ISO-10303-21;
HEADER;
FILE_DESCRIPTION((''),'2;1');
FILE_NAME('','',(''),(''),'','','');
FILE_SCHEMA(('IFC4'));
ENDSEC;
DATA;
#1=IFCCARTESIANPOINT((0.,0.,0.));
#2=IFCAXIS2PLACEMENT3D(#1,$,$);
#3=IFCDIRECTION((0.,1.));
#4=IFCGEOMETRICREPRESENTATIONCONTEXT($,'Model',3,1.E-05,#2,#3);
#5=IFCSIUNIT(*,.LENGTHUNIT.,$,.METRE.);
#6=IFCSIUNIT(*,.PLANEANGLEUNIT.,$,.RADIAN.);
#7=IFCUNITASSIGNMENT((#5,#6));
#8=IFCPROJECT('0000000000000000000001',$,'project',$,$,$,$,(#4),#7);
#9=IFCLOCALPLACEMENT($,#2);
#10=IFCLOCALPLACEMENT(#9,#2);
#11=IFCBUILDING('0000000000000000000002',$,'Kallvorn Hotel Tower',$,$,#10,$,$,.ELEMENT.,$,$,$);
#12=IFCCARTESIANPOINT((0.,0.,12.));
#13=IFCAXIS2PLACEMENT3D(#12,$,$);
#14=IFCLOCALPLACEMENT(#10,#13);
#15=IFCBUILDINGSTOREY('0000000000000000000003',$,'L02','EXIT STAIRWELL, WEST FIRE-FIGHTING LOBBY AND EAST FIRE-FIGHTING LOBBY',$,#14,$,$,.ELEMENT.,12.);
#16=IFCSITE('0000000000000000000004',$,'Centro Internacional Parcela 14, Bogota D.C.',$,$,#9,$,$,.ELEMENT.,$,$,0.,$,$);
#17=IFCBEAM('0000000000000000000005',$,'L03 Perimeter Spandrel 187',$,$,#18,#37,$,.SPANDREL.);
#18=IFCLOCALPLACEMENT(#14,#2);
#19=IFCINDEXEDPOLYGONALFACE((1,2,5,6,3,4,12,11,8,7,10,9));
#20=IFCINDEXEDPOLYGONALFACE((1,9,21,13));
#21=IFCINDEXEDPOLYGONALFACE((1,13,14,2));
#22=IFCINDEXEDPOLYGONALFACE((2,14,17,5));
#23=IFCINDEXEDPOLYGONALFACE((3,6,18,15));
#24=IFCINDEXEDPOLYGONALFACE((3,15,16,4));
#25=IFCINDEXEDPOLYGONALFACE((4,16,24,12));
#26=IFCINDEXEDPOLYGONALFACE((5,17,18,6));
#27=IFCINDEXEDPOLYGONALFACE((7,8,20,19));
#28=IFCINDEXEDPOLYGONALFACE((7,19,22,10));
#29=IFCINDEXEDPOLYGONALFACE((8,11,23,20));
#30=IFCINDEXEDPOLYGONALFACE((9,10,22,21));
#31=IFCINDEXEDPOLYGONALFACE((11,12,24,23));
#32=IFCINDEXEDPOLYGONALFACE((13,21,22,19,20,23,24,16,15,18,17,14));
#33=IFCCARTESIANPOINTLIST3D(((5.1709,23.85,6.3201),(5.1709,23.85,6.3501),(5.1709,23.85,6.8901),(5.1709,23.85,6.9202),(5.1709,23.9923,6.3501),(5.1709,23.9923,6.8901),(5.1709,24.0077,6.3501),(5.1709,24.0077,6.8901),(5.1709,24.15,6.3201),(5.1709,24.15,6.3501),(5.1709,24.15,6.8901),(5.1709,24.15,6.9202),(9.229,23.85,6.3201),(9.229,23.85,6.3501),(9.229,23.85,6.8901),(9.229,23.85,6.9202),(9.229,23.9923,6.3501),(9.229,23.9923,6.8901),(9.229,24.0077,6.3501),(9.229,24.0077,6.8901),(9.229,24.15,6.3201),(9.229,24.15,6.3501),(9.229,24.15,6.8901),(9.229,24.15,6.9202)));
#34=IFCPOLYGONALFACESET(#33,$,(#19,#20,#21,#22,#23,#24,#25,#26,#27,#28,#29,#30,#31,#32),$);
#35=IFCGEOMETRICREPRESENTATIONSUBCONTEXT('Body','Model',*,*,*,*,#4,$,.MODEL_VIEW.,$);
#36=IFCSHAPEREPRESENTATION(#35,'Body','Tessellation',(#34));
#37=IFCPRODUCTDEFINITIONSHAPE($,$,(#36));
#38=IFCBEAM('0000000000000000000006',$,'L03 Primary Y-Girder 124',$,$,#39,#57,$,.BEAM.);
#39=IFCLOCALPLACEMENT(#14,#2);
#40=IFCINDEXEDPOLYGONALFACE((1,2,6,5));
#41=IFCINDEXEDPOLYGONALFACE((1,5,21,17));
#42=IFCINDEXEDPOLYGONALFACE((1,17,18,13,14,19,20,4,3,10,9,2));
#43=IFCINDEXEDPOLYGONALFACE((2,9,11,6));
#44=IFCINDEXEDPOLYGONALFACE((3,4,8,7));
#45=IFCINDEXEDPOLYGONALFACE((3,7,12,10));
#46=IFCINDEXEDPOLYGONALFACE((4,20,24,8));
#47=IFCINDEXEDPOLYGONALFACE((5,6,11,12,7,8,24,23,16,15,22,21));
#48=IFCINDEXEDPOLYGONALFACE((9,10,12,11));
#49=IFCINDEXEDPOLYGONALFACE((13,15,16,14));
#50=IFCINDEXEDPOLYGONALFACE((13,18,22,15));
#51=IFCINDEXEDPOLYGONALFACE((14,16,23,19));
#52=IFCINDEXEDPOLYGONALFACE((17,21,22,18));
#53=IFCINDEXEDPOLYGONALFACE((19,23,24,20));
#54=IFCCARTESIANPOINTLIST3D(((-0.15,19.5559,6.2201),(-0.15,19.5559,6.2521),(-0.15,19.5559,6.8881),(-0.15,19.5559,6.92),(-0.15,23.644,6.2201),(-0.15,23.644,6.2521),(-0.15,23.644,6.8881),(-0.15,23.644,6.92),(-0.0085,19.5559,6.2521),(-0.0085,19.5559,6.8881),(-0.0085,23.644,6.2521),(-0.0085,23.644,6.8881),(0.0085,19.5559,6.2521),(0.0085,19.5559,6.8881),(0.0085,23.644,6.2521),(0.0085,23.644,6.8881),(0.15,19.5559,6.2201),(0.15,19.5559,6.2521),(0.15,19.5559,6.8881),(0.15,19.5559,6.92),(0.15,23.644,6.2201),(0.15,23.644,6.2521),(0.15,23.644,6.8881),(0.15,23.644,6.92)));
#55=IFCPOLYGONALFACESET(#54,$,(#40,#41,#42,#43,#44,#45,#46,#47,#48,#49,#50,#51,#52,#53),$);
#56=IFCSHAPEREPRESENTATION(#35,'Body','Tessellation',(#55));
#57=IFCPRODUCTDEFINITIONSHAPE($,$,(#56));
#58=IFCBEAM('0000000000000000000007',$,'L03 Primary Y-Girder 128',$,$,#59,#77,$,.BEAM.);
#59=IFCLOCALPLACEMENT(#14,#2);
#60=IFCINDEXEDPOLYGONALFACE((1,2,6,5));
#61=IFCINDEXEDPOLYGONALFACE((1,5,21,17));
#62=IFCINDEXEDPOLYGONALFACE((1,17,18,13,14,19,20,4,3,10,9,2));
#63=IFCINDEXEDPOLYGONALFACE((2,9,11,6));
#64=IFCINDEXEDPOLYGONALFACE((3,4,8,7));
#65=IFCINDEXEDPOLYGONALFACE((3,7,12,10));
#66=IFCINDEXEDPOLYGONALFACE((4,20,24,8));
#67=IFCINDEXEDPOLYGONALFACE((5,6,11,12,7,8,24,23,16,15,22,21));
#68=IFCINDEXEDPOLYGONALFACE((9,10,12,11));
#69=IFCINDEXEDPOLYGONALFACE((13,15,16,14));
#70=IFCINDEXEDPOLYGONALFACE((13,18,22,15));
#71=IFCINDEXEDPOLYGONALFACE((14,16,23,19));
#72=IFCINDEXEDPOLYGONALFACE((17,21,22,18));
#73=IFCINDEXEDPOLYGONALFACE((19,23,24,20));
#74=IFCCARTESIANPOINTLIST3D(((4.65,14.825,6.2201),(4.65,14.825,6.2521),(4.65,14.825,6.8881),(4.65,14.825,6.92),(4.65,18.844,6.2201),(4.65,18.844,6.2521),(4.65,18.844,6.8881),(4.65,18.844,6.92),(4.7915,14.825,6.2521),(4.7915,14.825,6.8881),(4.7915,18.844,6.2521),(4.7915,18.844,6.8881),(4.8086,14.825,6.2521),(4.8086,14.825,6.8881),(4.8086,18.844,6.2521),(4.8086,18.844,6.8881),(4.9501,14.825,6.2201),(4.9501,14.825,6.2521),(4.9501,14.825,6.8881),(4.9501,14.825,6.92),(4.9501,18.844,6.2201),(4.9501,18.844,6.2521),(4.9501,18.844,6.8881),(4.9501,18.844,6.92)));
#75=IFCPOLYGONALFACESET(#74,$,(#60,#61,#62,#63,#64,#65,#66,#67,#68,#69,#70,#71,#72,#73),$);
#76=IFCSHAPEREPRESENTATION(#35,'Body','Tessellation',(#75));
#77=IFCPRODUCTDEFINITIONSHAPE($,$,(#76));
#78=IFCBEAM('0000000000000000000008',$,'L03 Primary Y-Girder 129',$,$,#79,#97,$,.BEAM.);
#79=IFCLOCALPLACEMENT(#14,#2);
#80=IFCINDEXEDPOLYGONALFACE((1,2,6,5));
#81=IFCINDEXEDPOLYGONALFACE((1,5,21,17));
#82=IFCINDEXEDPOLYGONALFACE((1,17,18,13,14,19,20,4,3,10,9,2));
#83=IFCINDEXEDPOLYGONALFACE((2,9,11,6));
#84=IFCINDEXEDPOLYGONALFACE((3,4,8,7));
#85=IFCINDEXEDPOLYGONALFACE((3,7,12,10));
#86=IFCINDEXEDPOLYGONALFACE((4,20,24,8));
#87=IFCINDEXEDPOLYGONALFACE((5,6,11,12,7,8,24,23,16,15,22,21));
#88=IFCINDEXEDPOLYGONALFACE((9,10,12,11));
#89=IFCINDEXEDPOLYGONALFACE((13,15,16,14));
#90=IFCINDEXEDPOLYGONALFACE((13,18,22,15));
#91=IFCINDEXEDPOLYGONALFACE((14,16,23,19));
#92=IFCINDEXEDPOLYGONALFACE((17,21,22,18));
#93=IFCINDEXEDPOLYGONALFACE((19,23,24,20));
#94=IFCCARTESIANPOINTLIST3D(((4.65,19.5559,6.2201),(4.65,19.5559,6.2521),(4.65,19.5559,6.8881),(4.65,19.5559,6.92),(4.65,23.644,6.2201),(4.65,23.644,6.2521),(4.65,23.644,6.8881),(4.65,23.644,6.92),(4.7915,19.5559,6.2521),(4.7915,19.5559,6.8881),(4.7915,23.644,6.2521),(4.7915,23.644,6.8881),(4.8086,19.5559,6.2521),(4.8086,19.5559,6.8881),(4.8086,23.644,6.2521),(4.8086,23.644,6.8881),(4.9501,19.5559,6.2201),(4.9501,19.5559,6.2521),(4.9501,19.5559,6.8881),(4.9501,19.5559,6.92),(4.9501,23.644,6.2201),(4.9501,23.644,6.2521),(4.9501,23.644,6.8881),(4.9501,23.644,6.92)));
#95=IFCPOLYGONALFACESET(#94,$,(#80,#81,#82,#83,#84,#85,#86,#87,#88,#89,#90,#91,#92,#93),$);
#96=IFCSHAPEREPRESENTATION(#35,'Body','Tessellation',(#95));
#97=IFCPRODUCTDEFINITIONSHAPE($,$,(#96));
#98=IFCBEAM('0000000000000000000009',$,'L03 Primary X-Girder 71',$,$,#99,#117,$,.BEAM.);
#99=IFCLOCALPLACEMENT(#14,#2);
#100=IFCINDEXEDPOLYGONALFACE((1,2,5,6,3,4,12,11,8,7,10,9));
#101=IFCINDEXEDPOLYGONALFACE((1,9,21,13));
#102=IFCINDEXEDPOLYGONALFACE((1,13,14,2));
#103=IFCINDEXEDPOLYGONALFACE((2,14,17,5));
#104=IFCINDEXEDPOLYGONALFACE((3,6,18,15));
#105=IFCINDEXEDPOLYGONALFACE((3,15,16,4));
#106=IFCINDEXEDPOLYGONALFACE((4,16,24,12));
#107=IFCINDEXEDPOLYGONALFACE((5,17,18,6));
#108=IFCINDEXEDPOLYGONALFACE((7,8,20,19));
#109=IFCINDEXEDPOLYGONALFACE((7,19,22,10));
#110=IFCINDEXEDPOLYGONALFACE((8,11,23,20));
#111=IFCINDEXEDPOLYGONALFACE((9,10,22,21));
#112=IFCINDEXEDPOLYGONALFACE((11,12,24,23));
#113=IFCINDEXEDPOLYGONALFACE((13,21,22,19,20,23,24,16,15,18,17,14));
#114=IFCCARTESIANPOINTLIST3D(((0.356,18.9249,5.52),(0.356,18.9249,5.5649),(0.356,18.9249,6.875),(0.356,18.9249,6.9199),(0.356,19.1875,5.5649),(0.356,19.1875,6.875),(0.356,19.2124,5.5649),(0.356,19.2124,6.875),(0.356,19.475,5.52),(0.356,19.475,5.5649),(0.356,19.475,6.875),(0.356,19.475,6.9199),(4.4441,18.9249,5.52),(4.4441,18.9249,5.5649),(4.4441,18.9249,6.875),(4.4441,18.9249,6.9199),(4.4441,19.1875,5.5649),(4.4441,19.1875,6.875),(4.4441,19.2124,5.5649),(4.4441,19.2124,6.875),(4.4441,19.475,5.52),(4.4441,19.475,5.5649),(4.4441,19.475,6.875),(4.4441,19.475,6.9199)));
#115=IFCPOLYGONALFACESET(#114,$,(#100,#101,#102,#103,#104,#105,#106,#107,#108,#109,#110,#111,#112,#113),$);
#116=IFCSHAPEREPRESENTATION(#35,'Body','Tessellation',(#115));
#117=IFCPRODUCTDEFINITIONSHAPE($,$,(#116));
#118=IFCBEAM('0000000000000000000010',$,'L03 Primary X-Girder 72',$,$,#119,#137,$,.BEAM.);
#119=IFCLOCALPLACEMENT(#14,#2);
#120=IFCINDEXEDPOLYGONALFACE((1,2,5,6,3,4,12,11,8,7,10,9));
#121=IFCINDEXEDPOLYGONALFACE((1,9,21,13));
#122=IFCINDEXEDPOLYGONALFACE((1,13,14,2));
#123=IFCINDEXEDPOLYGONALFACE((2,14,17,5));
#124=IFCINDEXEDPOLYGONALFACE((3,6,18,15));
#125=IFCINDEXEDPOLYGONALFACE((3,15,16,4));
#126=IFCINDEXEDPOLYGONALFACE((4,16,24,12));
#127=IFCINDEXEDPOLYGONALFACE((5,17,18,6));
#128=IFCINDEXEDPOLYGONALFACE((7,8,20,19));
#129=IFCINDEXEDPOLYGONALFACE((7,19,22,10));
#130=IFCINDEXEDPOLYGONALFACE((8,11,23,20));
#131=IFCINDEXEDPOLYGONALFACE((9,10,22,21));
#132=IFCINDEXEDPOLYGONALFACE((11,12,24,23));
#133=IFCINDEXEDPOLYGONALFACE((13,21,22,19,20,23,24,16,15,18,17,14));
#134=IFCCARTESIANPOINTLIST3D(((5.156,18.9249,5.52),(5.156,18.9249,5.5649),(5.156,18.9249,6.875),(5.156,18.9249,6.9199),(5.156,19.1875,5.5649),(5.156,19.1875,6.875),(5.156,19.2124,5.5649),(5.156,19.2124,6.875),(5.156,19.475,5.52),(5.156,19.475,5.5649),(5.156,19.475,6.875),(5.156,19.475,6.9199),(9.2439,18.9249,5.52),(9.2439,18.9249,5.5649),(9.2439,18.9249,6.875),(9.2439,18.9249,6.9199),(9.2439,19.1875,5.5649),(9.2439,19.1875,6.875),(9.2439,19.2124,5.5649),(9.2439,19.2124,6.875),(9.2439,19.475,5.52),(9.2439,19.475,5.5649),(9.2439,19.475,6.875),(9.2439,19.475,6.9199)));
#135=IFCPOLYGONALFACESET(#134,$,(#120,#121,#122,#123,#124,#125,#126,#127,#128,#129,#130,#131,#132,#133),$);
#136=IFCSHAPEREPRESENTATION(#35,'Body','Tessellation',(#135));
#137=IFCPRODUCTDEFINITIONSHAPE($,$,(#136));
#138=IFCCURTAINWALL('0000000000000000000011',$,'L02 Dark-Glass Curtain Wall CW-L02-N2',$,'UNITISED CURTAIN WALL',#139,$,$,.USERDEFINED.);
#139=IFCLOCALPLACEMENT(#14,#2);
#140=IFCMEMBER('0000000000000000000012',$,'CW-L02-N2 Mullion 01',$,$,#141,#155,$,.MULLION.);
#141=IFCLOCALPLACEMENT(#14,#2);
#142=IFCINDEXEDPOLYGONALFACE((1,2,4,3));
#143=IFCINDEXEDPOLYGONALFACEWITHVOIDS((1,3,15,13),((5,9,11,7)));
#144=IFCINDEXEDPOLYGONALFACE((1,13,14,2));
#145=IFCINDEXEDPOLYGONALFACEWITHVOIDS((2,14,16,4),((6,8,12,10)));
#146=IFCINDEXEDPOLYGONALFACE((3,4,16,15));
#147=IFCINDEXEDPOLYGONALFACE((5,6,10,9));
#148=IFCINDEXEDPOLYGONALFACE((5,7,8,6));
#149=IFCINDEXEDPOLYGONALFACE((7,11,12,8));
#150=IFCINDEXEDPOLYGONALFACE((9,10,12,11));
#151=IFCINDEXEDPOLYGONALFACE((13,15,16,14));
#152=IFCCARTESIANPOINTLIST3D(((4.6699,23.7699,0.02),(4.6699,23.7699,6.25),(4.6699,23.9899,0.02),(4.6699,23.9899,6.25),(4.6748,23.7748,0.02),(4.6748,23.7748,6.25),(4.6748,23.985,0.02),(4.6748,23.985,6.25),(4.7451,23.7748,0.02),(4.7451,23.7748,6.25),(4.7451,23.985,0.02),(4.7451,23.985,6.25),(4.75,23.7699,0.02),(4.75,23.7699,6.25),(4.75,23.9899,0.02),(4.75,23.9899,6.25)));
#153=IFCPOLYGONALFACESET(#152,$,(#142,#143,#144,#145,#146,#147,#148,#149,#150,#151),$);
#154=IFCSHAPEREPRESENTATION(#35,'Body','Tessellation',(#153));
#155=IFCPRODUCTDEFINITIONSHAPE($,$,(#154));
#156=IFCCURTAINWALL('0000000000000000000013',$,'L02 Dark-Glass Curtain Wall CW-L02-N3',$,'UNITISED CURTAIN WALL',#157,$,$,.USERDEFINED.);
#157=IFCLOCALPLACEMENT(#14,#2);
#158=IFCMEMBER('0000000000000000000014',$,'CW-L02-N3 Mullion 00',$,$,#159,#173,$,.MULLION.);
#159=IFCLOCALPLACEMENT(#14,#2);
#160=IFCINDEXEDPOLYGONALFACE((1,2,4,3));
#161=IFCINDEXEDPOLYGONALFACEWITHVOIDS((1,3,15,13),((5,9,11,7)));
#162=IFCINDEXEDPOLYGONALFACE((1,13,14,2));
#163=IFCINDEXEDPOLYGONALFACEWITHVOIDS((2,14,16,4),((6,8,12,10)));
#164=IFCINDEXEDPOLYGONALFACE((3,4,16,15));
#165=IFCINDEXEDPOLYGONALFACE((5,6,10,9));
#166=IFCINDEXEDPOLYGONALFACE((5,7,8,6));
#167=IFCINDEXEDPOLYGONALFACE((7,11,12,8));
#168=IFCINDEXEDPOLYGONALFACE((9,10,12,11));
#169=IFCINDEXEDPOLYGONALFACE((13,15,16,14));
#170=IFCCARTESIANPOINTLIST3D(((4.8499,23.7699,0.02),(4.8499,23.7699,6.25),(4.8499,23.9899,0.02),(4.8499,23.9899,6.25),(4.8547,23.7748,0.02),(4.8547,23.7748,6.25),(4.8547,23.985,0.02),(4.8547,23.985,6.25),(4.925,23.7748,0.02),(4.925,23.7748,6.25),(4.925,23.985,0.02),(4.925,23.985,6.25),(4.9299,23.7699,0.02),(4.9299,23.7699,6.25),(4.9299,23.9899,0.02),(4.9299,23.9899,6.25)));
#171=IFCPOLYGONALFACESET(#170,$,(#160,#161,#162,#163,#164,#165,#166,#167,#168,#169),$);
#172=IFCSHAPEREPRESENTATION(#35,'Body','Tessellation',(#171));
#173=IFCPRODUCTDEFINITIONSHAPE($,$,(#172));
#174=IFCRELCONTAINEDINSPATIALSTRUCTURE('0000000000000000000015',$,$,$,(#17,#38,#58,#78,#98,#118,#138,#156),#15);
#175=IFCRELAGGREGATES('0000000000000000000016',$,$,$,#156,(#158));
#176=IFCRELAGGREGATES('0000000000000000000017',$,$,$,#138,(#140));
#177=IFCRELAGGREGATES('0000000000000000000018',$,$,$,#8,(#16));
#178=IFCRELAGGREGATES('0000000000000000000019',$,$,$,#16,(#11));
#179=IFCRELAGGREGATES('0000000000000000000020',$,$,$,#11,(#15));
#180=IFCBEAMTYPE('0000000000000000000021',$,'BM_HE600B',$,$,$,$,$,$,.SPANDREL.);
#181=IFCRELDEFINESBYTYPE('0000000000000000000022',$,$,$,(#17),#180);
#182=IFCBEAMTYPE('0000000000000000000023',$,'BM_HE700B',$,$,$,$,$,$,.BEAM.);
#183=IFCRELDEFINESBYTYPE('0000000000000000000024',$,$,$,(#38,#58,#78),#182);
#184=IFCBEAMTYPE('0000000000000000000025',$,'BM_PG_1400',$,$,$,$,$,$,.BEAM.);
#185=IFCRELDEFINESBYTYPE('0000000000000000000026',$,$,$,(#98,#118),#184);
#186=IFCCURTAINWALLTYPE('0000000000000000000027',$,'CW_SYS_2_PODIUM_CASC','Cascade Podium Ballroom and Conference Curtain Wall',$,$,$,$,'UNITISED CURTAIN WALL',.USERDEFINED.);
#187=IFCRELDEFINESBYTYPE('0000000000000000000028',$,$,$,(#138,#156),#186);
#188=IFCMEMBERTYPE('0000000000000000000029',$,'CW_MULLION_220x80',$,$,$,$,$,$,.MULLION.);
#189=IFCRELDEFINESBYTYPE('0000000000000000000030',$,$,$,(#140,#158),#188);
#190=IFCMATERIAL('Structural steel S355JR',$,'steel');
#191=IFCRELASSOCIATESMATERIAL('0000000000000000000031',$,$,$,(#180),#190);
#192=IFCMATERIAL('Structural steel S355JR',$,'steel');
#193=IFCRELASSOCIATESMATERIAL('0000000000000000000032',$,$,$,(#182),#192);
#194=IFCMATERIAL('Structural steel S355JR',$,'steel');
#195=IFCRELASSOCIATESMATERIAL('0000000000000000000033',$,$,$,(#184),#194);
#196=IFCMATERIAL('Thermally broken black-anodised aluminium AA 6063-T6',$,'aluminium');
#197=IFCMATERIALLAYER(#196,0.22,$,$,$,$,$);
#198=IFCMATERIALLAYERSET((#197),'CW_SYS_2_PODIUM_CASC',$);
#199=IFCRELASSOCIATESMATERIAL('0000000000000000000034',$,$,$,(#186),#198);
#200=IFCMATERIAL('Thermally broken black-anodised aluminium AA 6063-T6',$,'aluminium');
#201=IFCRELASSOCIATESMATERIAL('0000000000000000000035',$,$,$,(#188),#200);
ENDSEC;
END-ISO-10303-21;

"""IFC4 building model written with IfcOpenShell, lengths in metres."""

from ifc_helpers import new_model, si_unit, direction, frame, origin, origin_2d, place, context, subcontext, project, spatial, hollow_rectangle, i_section, extrude, material, layer, layer_set, material_profile, profile_set, type_object, element, aggregate, save


model = new_model("IFC4")

# Units and contexts
model_context = context("Model", 3, precision=1e-05, world=origin(), true_north=direction((0.0, 1.0)))
body_context = subcontext(model_context, "Body", "Model", "MODEL_VIEW")
ifc_project = project(units=[si_unit("LENGTHUNIT", "METRE"), si_unit("PLANEANGLEUNIT", "RADIAN")], contexts=[model_context])

# Site, building, storey
site_placement = place(None, origin())
site = spatial("IfcSite", under=ifc_project, at=site_placement, Name="Centro Internacional Parcela 14, Bogota D.C.", CompositionType="ELEMENT", RefElevation=0.0)
building_placement = place(site_placement, origin())
building = spatial("IfcBuilding", under=site, at=building_placement, Name="Kallvorn Hotel Tower", CompositionType="ELEMENT")
storey_placement = place(building_placement, frame((0.0, 0.0, 12.0)))
storey = spatial("IfcBuildingStorey", under=building, at=storey_placement, Name="L02", Description="EXIT STAIRWELL, WEST FIRE-FIGHTING LOBBY AND EAST FIRE-FIGHTING LOBBY", CompositionType="ELEMENT", Elevation=12.0)

# Beams
ifc_material_1 = material(Name="Structural steel S355JR", Category="steel")
ifc_material_profile_1 = material_profile(ifc_material_1, i_section(OverallWidth=0.3, OverallDepth=0.6001, WebThickness=0.0154, FlangeThickness=0.03, at=origin_2d()), Name="HE 600 B")
ifc_profile_set_1 = profile_set([ifc_material_profile_1], Name="Structural steel S355JR")
beam_type_1 = type_object("IfcBeamType", Name="BM_HE600B", PredefinedType="SPANDREL", material=ifc_profile_set_1)
beam_1_placement = place(storey_placement, frame((5.1709, 24.0, 6.6201), z_axis=(1.0, 0.0, 0.0), x_axis=(0.0, 1.0, 0.0)))
element("IfcBeam", 1, at=beam_1_placement, inside=storey, type_object=beam_type_1, Name="L03 Perimeter Spandrel 187", PredefinedType="SPANDREL", context=body_context, shape_type="SweptSolid", body=[
    extrude(i_section(OverallWidth=0.3, OverallDepth=0.6001, WebThickness=0.0154, FlangeThickness=0.03, at=origin_2d()), origin(), (0.0, 0.0, 1.0), 4.0581),
])
ifc_material_2 = material(Name="Structural steel S355JR", Category="steel")
ifc_material_profile_2 = material_profile(ifc_material_2, i_section(OverallWidth=0.3, OverallDepth=0.7, WebThickness=0.0171, FlangeThickness=0.032, at=origin_2d()), Name="HE 700 B")
ifc_profile_set_2 = profile_set([ifc_material_profile_2], Name="Structural steel S355JR")
beam_type_2 = type_object("IfcBeamType", Name="BM_HE700B", PredefinedType="BEAM", material=ifc_profile_set_2)
beam_2_placement = place(storey_placement, frame((0.0, 19.5559, 6.5701), z_axis=(0.0, 1.0, 0.0), x_axis=(-1.0, 0.0, 0.0)))
element("IfcBeam", 2, at=beam_2_placement, inside=storey, type_object=beam_type_2, Name="L03 Primary Y-Girder 124", PredefinedType="BEAM", context=body_context, shape_type="SweptSolid", body=[
    extrude(i_section(OverallWidth=0.3, OverallDepth=0.7, WebThickness=0.0171, FlangeThickness=0.032, at=origin_2d()), origin(), (0.0, 0.0, 1.0), 4.0881),
])
beam_3_placement = place(storey_placement, frame((4.8, 14.825, 6.5701), z_axis=(0.0, 1.0, 0.0), x_axis=(-1.0, 0.0, 0.0)))
element("IfcBeam", 3, at=beam_3_placement, inside=storey, type_object=beam_type_2, Name="L03 Primary Y-Girder 128", PredefinedType="BEAM", context=body_context, shape_type="SweptSolid", body=[
    extrude(i_section(OverallWidth=0.3, OverallDepth=0.7, WebThickness=0.0171, FlangeThickness=0.032, at=origin_2d()), origin(), (0.0, 0.0, 1.0), 4.019),
])
beam_4_placement = place(storey_placement, frame((4.8, 19.5559, 6.5701), z_axis=(0.0, 1.0, 0.0), x_axis=(-1.0, 0.0, 0.0)))
element("IfcBeam", 4, at=beam_4_placement, inside=storey, type_object=beam_type_2, Name="L03 Primary Y-Girder 129", PredefinedType="BEAM", context=body_context, shape_type="SweptSolid", body=[
    extrude(i_section(OverallWidth=0.3, OverallDepth=0.7, WebThickness=0.0171, FlangeThickness=0.032, at=origin_2d()), origin(), (0.0, 0.0, 1.0), 4.0881),
])
ifc_material_3 = material(Name="Structural steel S355JR", Category="steel")
ifc_material_profile_3 = material_profile(ifc_material_3, i_section(OverallWidth=0.55, OverallDepth=1.3999, WebThickness=0.0249, FlangeThickness=0.0449, at=origin_2d()), Name="PG 1400x550x25x45")
ifc_profile_set_3 = profile_set([ifc_material_profile_3], Name="Structural steel S355JR")
beam_type_3 = type_object("IfcBeamType", Name="BM_PG_1400", PredefinedType="BEAM", material=ifc_profile_set_3)
beam_5_placement = place(storey_placement, frame((0.356, 19.2, 6.22), z_axis=(1.0, 0.0, 0.0), x_axis=(0.0, 1.0, 0.0)))
element("IfcBeam", 5, at=beam_5_placement, inside=storey, type_object=beam_type_3, Name="L03 Primary X-Girder 71", PredefinedType="BEAM", context=body_context, shape_type="SweptSolid", body=[
    extrude(i_section(OverallWidth=0.55, OverallDepth=1.3999, WebThickness=0.0249, FlangeThickness=0.0449, at=origin_2d()), origin(), (0.0, 0.0, 1.0), 4.0881),
])
beam_6_placement = place(storey_placement, frame((5.156, 19.2, 6.22), z_axis=(1.0, 0.0, 0.0), x_axis=(0.0, 1.0, 0.0)))
element("IfcBeam", 6, at=beam_6_placement, inside=storey, type_object=beam_type_3, Name="L03 Primary X-Girder 72", PredefinedType="BEAM", context=body_context, shape_type="SweptSolid", body=[
    extrude(i_section(OverallWidth=0.55, OverallDepth=1.3999, WebThickness=0.0249, FlangeThickness=0.0449, at=origin_2d()), origin(), (0.0, 0.0, 1.0), 4.0879),
])

# Curtain wall, member
ifc_material_4 = material(Name="Thermally broken black-anodised aluminium AA 6063-T6", Category="aluminium")
ifc_layer_1 = layer(ifc_material_4, 0.22)
ifc_layer_set_1 = layer_set([ifc_layer_1], Name="CW_SYS_2_PODIUM_CASC")
curtain_wall_type = type_object("IfcCurtainWallType", Name="CW_SYS_2_PODIUM_CASC", Description="Cascade Podium Ballroom and Conference Curtain Wall", ElementType="UNITISED CURTAIN WALL", PredefinedType="USERDEFINED", material=ifc_layer_set_1)
curtain_wall_1_placement = place(storey_placement, origin())
curtain_wall_1 = element("IfcCurtainWall", 7, at=curtain_wall_1_placement, inside=storey, type_object=curtain_wall_type, Name="L02 Dark-Glass Curtain Wall CW-L02-N2", ObjectType="UNITISED CURTAIN WALL", PredefinedType="USERDEFINED")
ifc_material_5 = material(Name="Thermally broken black-anodised aluminium AA 6063-T6", Category="aluminium")
ifc_material_profile_4 = material_profile(ifc_material_5, hollow_rectangle(XDim=0.0801, YDim=0.22, WallThickness=0.0049, at=origin_2d()), Name="MUL 220x80")
ifc_profile_set_4 = profile_set([ifc_material_profile_4], Name="Thermally broken black-anodised aluminium AA 6063-T6")
member_type_1 = type_object("IfcMemberType", Name="CW_MULLION_220x80", PredefinedType="MULLION", material=ifc_profile_set_4)
member_1_placement = place(storey_placement, frame((4.71, 23.8799, 0.02), z_axis=(0.0, 0.0, 1.0), x_axis=(1.0, 0.0, 0.0)))
member_1 = element("IfcMember", 8, at=member_1_placement, type_object=member_type_1, Name="CW-L02-N2 Mullion 01", PredefinedType="MULLION", context=body_context, shape_type="SweptSolid", body=[
    extrude(hollow_rectangle(XDim=0.0801, YDim=0.22, WallThickness=0.0049, at=origin_2d()), origin(), (0.0, 0.0, 1.0), 6.23),
])

# Curtain wall, member
curtain_wall_2_placement = place(storey_placement, origin())
curtain_wall_2 = element("IfcCurtainWall", 9, at=curtain_wall_2_placement, inside=storey, type_object=curtain_wall_type, Name="L02 Dark-Glass Curtain Wall CW-L02-N3", ObjectType="UNITISED CURTAIN WALL", PredefinedType="USERDEFINED")
member_2_placement = place(storey_placement, frame((4.8899, 23.8799, 0.02), z_axis=(0.0, 0.0, 1.0), x_axis=(1.0, 0.0, 0.0)))
member_2 = element("IfcMember", 10, at=member_2_placement, type_object=member_type_1, Name="CW-L02-N3 Mullion 00", PredefinedType="MULLION", context=body_context, shape_type="SweptSolid", body=[
    extrude(hollow_rectangle(XDim=0.0801, YDim=0.22, WallThickness=0.0049, at=origin_2d()), origin(), (0.0, 0.0, 1.0), 6.23),
])
aggregate(curtain_wall_2, [member_2])

aggregate(curtain_wall_1, [member_1])

save(model, "model.ifc")
